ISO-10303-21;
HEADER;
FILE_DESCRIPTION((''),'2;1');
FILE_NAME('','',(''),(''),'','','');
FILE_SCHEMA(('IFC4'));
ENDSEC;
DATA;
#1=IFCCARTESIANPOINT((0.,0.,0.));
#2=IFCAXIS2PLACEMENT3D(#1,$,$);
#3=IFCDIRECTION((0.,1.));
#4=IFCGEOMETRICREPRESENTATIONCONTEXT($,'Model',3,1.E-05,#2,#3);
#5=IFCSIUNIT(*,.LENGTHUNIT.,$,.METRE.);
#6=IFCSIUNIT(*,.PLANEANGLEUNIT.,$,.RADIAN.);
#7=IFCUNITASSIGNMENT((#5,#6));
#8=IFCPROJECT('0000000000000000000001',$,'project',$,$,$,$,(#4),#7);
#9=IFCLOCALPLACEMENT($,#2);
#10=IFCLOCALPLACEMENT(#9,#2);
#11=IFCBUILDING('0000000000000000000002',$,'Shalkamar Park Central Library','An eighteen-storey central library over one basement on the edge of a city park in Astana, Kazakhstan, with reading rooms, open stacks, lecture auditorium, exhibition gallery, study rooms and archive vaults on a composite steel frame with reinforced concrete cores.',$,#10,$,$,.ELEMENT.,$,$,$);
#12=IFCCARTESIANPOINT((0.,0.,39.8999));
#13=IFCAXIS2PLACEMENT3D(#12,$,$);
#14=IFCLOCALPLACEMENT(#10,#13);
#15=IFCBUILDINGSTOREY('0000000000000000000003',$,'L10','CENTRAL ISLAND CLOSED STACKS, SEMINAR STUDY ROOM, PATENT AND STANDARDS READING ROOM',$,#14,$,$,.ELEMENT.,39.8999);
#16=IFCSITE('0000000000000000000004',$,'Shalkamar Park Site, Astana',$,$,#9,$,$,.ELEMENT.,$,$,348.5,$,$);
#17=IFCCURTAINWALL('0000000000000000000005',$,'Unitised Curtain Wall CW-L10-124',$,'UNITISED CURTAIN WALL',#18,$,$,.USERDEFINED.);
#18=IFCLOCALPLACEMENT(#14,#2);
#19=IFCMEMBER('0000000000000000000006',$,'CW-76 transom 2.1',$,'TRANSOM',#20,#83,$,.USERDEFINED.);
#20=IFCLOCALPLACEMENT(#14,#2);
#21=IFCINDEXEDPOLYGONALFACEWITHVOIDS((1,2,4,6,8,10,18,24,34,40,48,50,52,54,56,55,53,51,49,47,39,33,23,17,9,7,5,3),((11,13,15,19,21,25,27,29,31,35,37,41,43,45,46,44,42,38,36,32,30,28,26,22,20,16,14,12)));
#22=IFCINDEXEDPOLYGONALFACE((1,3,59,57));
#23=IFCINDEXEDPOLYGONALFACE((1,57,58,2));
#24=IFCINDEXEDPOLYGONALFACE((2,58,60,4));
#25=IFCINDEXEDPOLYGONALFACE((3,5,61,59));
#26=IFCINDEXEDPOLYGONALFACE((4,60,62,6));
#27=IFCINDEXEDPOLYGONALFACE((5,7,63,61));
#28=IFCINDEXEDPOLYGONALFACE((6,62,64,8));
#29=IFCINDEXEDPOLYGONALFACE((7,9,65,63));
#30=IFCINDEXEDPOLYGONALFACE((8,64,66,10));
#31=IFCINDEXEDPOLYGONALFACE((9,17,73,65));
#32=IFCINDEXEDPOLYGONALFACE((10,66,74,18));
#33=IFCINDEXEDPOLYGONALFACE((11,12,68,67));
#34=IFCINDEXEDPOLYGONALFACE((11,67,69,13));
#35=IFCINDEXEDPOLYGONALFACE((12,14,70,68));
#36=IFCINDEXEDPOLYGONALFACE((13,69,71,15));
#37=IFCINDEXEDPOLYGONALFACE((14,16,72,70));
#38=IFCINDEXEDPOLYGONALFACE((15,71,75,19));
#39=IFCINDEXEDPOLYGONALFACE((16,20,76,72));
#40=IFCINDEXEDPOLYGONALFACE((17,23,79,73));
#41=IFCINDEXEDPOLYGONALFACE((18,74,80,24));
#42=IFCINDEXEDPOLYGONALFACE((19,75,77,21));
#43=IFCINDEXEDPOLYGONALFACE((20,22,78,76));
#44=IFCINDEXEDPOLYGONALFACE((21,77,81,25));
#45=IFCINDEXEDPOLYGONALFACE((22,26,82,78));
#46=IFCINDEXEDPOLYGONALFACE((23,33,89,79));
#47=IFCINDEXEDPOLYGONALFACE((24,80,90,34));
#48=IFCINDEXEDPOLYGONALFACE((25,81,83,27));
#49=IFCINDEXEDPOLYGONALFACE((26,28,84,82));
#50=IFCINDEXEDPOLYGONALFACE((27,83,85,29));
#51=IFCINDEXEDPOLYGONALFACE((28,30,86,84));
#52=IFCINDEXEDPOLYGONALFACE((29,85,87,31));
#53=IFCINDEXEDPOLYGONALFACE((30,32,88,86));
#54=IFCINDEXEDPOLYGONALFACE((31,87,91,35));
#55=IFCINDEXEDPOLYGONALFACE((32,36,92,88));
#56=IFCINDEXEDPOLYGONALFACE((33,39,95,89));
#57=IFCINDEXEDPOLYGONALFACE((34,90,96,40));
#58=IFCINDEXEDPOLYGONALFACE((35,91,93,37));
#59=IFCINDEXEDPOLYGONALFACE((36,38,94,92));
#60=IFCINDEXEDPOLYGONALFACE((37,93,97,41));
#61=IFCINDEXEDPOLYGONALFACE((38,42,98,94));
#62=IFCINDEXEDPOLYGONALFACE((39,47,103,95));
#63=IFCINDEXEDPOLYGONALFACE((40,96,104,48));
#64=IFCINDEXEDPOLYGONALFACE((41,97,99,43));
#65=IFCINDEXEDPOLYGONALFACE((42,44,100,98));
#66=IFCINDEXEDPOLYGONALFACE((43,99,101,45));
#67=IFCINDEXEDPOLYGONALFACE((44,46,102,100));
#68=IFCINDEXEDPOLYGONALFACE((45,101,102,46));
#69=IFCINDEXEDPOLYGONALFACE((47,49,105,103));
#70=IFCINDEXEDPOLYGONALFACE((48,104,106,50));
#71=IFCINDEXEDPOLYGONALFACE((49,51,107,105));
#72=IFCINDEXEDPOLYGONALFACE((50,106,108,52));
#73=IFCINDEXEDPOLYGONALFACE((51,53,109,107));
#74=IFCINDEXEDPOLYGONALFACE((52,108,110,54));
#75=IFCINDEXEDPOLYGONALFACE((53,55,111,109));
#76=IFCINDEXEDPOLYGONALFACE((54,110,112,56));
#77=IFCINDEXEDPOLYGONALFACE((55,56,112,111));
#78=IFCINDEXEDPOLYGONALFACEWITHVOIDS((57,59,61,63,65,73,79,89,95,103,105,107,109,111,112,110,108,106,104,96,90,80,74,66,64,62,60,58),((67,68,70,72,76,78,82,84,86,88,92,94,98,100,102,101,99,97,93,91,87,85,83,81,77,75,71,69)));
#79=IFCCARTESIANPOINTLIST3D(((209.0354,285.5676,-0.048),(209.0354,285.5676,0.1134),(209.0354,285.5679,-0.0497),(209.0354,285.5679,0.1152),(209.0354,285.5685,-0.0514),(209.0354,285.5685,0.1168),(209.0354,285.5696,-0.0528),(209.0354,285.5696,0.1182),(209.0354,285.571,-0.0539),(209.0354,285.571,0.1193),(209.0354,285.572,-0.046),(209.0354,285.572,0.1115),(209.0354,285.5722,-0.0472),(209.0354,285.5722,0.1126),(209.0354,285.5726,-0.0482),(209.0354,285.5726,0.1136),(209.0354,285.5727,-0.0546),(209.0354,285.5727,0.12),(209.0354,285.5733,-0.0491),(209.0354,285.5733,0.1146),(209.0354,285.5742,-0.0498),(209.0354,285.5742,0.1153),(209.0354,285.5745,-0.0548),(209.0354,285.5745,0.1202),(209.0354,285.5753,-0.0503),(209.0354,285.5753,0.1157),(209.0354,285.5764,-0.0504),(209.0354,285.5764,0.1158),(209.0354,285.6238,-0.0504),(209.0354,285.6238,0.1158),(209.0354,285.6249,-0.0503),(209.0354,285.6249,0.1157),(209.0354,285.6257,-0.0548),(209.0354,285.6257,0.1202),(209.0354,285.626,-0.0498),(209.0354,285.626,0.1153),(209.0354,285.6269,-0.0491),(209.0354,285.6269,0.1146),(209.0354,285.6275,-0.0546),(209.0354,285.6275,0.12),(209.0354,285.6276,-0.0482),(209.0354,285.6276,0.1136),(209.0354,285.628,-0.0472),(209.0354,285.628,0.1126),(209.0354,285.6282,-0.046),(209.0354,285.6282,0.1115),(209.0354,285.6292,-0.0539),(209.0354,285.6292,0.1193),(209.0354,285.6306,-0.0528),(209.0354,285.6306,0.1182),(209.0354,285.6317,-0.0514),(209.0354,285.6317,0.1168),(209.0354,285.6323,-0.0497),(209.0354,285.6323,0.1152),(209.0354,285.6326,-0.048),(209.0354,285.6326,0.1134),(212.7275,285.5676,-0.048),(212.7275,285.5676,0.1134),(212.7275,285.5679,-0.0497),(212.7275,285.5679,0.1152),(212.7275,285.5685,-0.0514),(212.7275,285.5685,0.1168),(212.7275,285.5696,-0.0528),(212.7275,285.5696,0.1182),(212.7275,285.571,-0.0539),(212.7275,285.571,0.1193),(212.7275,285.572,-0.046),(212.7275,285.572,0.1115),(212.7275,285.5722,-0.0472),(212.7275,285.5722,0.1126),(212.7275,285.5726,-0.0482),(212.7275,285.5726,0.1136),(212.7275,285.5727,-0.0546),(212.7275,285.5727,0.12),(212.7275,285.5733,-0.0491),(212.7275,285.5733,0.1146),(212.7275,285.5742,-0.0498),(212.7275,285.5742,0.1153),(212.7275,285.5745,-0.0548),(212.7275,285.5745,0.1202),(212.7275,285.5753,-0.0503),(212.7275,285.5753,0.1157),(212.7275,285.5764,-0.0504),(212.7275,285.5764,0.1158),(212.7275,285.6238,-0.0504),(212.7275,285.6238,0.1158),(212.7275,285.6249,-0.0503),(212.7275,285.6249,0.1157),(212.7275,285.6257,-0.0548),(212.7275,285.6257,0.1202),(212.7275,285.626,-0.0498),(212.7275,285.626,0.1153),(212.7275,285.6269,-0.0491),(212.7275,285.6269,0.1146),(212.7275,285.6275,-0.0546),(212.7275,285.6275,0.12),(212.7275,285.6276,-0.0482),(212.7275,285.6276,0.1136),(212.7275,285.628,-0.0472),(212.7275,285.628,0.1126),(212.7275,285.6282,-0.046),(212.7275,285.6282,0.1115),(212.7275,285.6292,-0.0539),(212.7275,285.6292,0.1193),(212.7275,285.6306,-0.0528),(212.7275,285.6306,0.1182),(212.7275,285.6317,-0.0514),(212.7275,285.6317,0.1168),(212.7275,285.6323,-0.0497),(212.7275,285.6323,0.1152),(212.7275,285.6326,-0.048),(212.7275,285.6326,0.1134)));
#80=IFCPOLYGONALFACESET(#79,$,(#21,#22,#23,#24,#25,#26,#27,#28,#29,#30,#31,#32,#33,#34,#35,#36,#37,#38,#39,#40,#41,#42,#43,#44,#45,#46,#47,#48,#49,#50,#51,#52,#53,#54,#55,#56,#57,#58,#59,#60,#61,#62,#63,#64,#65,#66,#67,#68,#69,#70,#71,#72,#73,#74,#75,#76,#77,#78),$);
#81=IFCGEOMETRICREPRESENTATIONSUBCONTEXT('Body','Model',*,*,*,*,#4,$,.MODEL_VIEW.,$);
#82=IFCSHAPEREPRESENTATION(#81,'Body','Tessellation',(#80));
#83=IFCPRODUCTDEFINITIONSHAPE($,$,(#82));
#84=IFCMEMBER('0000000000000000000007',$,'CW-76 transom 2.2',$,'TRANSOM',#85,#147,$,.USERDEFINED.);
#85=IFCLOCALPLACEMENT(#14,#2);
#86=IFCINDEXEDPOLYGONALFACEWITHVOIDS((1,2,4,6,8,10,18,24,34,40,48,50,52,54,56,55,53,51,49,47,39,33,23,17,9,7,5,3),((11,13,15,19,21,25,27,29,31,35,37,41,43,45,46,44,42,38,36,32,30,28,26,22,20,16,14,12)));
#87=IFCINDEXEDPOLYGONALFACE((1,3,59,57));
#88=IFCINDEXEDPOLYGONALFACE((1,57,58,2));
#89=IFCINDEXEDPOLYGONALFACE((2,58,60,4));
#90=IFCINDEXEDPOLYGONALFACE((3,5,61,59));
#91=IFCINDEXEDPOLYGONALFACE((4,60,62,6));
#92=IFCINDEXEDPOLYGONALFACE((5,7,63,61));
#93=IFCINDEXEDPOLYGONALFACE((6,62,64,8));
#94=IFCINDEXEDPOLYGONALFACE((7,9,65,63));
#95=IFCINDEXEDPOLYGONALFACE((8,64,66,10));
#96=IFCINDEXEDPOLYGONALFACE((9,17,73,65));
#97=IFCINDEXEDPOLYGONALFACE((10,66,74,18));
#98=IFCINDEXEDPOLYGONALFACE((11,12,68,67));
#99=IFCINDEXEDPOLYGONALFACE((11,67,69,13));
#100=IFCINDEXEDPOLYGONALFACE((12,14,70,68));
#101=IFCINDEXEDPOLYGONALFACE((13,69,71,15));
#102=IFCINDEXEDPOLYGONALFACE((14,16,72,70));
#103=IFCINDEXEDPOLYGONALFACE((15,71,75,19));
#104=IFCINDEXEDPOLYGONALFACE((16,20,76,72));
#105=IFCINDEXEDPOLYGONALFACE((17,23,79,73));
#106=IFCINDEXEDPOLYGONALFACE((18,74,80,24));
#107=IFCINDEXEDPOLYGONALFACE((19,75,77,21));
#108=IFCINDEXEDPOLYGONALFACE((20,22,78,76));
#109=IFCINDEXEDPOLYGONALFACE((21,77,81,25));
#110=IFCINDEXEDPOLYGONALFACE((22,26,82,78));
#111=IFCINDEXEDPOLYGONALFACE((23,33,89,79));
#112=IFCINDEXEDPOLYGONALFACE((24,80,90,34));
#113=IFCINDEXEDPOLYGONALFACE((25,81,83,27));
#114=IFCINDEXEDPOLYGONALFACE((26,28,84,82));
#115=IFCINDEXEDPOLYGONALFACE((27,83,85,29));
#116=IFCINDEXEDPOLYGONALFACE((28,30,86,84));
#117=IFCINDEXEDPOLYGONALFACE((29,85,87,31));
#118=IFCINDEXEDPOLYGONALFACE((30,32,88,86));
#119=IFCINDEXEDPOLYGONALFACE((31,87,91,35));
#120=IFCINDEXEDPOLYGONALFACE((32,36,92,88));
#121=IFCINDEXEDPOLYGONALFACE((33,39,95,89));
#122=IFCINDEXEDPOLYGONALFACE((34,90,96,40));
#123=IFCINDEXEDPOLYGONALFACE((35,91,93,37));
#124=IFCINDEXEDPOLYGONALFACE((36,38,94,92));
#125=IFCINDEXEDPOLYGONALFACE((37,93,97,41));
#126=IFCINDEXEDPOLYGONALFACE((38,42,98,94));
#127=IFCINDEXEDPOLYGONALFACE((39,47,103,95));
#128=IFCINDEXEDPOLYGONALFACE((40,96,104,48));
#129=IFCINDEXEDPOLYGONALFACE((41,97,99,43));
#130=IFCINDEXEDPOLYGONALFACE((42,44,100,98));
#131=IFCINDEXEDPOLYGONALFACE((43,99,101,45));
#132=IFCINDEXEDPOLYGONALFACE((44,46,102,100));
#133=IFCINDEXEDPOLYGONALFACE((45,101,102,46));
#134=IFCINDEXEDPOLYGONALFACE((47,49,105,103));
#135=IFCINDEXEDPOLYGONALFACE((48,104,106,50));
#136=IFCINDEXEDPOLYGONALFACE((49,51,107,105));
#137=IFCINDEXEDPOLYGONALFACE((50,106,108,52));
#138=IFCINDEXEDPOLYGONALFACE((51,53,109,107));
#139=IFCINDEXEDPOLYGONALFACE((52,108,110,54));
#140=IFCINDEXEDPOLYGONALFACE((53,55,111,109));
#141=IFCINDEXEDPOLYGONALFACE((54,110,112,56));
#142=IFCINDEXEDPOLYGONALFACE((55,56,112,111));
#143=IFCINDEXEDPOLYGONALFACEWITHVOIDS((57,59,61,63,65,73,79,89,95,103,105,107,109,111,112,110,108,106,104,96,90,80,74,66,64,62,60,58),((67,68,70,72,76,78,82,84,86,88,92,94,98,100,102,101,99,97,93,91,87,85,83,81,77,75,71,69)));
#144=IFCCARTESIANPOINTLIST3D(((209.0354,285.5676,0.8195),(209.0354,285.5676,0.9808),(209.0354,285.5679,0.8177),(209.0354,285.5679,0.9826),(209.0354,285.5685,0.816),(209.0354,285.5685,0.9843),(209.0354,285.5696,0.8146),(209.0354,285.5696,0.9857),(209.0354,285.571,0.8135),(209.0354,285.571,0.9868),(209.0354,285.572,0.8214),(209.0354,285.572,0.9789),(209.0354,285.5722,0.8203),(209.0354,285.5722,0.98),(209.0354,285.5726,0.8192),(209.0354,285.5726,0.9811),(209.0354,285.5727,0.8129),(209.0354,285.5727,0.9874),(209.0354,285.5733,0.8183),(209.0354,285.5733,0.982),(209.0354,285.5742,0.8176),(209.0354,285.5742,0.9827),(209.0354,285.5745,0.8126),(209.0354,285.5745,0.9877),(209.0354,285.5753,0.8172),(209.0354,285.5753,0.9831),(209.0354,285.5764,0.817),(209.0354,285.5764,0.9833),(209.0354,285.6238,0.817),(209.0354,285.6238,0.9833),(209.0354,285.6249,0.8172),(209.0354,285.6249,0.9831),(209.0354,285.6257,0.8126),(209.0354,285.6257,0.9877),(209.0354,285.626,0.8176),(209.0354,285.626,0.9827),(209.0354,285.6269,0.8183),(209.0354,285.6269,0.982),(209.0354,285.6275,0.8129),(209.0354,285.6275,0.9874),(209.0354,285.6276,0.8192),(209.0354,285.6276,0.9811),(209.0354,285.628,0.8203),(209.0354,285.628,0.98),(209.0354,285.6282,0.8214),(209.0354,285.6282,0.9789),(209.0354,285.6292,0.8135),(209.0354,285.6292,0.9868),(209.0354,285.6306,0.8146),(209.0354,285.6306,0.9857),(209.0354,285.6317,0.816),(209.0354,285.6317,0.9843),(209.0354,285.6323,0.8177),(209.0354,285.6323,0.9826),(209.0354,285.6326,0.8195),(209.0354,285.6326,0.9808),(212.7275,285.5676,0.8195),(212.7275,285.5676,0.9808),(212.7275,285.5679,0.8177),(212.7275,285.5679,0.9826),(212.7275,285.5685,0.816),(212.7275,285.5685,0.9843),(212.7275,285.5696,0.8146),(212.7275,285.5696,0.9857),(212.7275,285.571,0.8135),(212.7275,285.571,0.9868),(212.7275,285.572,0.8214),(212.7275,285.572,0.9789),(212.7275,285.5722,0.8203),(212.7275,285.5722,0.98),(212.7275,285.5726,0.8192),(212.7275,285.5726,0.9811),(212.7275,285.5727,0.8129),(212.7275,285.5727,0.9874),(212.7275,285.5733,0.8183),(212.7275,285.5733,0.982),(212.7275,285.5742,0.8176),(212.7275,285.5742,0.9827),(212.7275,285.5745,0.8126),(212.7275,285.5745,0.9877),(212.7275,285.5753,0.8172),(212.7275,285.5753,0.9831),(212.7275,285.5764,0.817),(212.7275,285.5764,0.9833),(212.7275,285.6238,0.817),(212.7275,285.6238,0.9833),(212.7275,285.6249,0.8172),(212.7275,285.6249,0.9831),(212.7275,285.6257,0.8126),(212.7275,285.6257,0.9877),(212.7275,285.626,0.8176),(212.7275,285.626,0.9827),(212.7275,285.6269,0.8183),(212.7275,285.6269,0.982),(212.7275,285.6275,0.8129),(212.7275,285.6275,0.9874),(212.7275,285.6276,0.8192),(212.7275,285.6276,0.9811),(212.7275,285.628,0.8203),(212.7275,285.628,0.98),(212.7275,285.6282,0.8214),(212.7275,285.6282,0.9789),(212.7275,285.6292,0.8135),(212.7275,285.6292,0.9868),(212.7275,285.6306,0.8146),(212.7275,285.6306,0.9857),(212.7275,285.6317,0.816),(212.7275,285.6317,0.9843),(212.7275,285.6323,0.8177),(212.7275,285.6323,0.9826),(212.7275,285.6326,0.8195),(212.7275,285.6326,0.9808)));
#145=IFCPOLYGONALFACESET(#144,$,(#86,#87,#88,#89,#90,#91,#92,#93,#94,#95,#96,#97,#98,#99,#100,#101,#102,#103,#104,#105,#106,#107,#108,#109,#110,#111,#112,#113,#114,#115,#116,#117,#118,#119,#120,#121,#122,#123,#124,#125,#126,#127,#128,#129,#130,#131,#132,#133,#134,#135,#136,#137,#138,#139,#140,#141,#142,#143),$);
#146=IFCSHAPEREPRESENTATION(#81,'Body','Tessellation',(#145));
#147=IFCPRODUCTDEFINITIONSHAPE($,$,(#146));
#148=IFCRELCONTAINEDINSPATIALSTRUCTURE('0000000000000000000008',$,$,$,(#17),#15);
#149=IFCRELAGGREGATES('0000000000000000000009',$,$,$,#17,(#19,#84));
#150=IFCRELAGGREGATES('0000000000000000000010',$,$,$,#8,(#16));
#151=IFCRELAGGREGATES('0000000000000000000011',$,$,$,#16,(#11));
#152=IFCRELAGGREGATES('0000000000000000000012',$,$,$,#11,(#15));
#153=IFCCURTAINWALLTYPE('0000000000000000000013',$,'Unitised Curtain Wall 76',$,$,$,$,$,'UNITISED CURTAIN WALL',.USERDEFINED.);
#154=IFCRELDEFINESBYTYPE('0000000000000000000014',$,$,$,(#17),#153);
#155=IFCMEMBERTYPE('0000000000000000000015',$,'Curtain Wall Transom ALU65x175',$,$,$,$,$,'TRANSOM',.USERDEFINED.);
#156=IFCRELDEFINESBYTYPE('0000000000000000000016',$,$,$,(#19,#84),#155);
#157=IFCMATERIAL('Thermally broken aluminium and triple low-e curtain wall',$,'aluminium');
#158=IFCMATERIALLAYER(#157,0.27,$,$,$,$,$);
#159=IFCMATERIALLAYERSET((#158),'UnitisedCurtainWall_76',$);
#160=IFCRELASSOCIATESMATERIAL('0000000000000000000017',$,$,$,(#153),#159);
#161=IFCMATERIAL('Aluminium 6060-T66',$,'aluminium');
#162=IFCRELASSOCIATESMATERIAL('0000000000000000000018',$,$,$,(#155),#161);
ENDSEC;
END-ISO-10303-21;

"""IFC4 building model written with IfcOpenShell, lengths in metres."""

from ifc_helpers import new_model, si_unit, direction, frame, origin, origin_2d, place, context, subcontext, project, spatial, hollow_rectangle, extrude, material, layer, layer_set, material_profile, profile_set, type_object, element, aggregate, save


model = new_model("IFC4")

# Units and contexts
model_context = context("Model", 3, precision=1e-05, world=origin(), true_north=direction((0.0, 1.0)))
body_context = subcontext(model_context, "Body", "Model", "MODEL_VIEW")
ifc_project = project(units=[si_unit("LENGTHUNIT", "METRE"), si_unit("PLANEANGLEUNIT", "RADIAN")], contexts=[model_context])

# Site, building, storey
site_placement = place(None, origin())
site = spatial("IfcSite", under=ifc_project, at=site_placement, Name="Shalkamar Park Site, Astana", CompositionType="ELEMENT", RefElevation=348.5)
building_placement = place(site_placement, origin())
building = spatial("IfcBuilding", under=site, at=building_placement, Name="Shalkamar Park Central Library", Description="An eighteen-storey central library over one basement on the edge of a city park in Astana, Kazakhstan, with reading rooms, open stacks, lecture auditorium, exhibition gallery, study rooms and archive vaults on a composite steel frame with reinforced concrete cores.", CompositionType="ELEMENT")
storey_placement = place(building_placement, frame((0.0, 0.0, 39.8999)))
storey = spatial("IfcBuildingStorey", under=building, at=storey_placement, Name="L10", Description="CENTRAL ISLAND CLOSED STACKS, SEMINAR STUDY ROOM, PATENT AND STANDARDS READING ROOM", CompositionType="ELEMENT", Elevation=39.8999)

# Curtain wall, members
ifc_material_1 = material(Name="Thermally broken aluminium and triple low-e curtain wall", Category="aluminium")
ifc_layer_1 = layer(ifc_material_1, 0.27)
ifc_layer_set_1 = layer_set([ifc_layer_1], Name="UnitisedCurtainWall_76")
curtain_wall_type = type_object("IfcCurtainWallType", Name="Unitised Curtain Wall 76", ElementType="UNITISED CURTAIN WALL", PredefinedType="USERDEFINED", material=ifc_layer_set_1)
curtain_wall_placement = place(storey_placement, origin())
curtain_wall = element("IfcCurtainWall", 1, at=curtain_wall_placement, inside=storey, type_object=curtain_wall_type, Name="Unitised Curtain Wall CW-L10-124", ObjectType="UNITISED CURTAIN WALL", PredefinedType="USERDEFINED")
ifc_material_2 = material(Name="Aluminium 6060-T66", Category="aluminium")
ifc_material_profile_1 = material_profile(ifc_material_2, hollow_rectangle(XDim=0.0649, YDim=0.175, WallThickness=0.0044, InnerFilletRadius=0.0044, OuterFilletRadius=0.0068, at=origin_2d()), Name="ALU 65x175x4.5")
ifc_profile_set_1 = profile_set([ifc_material_profile_1], Name="Aluminium 6060-T66")
member_type_1 = type_object("IfcMemberType", Name="Curtain Wall Transom ALU65x175", ElementType="TRANSOM", PredefinedType="USERDEFINED", material=ifc_profile_set_1)
member_1_placement = place(storey_placement, frame((209.0354, 285.6001, 0.0327), z_axis=(1.0, 0.0, 0.0), x_axis=(0.0, 1.0, 0.0)))
member_1 = element("IfcMember", 2, at=member_1_placement, type_object=member_type_1, Name="CW-76 transom 2.1", ObjectType="TRANSOM", PredefinedType="USERDEFINED", context=body_context, shape_type="SweptSolid", body=[
    extrude(hollow_rectangle(XDim=0.0649, YDim=0.175, WallThickness=0.0044, InnerFilletRadius=0.0044, OuterFilletRadius=0.0068, at=origin_2d()), origin(), (0.0, 0.0, 1.0), 3.6921),
])
member_2_placement = place(storey_placement, frame((209.0354, 285.6001, 0.9001), z_axis=(1.0, 0.0, 0.0), x_axis=(0.0, 1.0, 0.0)))
member_2 = element("IfcMember", 3, at=member_2_placement, type_object=member_type_1, Name="CW-76 transom 2.2", ObjectType="TRANSOM", PredefinedType="USERDEFINED", context=body_context, shape_type="SweptSolid", body=[
    extrude(hollow_rectangle(XDim=0.0649, YDim=0.175, WallThickness=0.0044, InnerFilletRadius=0.0044, OuterFilletRadius=0.0068, at=origin_2d()), origin(), (0.0, 0.0, 1.0), 3.6921),
])

aggregate(curtain_wall, [member_1, member_2])

save(model, "model.ifc")
